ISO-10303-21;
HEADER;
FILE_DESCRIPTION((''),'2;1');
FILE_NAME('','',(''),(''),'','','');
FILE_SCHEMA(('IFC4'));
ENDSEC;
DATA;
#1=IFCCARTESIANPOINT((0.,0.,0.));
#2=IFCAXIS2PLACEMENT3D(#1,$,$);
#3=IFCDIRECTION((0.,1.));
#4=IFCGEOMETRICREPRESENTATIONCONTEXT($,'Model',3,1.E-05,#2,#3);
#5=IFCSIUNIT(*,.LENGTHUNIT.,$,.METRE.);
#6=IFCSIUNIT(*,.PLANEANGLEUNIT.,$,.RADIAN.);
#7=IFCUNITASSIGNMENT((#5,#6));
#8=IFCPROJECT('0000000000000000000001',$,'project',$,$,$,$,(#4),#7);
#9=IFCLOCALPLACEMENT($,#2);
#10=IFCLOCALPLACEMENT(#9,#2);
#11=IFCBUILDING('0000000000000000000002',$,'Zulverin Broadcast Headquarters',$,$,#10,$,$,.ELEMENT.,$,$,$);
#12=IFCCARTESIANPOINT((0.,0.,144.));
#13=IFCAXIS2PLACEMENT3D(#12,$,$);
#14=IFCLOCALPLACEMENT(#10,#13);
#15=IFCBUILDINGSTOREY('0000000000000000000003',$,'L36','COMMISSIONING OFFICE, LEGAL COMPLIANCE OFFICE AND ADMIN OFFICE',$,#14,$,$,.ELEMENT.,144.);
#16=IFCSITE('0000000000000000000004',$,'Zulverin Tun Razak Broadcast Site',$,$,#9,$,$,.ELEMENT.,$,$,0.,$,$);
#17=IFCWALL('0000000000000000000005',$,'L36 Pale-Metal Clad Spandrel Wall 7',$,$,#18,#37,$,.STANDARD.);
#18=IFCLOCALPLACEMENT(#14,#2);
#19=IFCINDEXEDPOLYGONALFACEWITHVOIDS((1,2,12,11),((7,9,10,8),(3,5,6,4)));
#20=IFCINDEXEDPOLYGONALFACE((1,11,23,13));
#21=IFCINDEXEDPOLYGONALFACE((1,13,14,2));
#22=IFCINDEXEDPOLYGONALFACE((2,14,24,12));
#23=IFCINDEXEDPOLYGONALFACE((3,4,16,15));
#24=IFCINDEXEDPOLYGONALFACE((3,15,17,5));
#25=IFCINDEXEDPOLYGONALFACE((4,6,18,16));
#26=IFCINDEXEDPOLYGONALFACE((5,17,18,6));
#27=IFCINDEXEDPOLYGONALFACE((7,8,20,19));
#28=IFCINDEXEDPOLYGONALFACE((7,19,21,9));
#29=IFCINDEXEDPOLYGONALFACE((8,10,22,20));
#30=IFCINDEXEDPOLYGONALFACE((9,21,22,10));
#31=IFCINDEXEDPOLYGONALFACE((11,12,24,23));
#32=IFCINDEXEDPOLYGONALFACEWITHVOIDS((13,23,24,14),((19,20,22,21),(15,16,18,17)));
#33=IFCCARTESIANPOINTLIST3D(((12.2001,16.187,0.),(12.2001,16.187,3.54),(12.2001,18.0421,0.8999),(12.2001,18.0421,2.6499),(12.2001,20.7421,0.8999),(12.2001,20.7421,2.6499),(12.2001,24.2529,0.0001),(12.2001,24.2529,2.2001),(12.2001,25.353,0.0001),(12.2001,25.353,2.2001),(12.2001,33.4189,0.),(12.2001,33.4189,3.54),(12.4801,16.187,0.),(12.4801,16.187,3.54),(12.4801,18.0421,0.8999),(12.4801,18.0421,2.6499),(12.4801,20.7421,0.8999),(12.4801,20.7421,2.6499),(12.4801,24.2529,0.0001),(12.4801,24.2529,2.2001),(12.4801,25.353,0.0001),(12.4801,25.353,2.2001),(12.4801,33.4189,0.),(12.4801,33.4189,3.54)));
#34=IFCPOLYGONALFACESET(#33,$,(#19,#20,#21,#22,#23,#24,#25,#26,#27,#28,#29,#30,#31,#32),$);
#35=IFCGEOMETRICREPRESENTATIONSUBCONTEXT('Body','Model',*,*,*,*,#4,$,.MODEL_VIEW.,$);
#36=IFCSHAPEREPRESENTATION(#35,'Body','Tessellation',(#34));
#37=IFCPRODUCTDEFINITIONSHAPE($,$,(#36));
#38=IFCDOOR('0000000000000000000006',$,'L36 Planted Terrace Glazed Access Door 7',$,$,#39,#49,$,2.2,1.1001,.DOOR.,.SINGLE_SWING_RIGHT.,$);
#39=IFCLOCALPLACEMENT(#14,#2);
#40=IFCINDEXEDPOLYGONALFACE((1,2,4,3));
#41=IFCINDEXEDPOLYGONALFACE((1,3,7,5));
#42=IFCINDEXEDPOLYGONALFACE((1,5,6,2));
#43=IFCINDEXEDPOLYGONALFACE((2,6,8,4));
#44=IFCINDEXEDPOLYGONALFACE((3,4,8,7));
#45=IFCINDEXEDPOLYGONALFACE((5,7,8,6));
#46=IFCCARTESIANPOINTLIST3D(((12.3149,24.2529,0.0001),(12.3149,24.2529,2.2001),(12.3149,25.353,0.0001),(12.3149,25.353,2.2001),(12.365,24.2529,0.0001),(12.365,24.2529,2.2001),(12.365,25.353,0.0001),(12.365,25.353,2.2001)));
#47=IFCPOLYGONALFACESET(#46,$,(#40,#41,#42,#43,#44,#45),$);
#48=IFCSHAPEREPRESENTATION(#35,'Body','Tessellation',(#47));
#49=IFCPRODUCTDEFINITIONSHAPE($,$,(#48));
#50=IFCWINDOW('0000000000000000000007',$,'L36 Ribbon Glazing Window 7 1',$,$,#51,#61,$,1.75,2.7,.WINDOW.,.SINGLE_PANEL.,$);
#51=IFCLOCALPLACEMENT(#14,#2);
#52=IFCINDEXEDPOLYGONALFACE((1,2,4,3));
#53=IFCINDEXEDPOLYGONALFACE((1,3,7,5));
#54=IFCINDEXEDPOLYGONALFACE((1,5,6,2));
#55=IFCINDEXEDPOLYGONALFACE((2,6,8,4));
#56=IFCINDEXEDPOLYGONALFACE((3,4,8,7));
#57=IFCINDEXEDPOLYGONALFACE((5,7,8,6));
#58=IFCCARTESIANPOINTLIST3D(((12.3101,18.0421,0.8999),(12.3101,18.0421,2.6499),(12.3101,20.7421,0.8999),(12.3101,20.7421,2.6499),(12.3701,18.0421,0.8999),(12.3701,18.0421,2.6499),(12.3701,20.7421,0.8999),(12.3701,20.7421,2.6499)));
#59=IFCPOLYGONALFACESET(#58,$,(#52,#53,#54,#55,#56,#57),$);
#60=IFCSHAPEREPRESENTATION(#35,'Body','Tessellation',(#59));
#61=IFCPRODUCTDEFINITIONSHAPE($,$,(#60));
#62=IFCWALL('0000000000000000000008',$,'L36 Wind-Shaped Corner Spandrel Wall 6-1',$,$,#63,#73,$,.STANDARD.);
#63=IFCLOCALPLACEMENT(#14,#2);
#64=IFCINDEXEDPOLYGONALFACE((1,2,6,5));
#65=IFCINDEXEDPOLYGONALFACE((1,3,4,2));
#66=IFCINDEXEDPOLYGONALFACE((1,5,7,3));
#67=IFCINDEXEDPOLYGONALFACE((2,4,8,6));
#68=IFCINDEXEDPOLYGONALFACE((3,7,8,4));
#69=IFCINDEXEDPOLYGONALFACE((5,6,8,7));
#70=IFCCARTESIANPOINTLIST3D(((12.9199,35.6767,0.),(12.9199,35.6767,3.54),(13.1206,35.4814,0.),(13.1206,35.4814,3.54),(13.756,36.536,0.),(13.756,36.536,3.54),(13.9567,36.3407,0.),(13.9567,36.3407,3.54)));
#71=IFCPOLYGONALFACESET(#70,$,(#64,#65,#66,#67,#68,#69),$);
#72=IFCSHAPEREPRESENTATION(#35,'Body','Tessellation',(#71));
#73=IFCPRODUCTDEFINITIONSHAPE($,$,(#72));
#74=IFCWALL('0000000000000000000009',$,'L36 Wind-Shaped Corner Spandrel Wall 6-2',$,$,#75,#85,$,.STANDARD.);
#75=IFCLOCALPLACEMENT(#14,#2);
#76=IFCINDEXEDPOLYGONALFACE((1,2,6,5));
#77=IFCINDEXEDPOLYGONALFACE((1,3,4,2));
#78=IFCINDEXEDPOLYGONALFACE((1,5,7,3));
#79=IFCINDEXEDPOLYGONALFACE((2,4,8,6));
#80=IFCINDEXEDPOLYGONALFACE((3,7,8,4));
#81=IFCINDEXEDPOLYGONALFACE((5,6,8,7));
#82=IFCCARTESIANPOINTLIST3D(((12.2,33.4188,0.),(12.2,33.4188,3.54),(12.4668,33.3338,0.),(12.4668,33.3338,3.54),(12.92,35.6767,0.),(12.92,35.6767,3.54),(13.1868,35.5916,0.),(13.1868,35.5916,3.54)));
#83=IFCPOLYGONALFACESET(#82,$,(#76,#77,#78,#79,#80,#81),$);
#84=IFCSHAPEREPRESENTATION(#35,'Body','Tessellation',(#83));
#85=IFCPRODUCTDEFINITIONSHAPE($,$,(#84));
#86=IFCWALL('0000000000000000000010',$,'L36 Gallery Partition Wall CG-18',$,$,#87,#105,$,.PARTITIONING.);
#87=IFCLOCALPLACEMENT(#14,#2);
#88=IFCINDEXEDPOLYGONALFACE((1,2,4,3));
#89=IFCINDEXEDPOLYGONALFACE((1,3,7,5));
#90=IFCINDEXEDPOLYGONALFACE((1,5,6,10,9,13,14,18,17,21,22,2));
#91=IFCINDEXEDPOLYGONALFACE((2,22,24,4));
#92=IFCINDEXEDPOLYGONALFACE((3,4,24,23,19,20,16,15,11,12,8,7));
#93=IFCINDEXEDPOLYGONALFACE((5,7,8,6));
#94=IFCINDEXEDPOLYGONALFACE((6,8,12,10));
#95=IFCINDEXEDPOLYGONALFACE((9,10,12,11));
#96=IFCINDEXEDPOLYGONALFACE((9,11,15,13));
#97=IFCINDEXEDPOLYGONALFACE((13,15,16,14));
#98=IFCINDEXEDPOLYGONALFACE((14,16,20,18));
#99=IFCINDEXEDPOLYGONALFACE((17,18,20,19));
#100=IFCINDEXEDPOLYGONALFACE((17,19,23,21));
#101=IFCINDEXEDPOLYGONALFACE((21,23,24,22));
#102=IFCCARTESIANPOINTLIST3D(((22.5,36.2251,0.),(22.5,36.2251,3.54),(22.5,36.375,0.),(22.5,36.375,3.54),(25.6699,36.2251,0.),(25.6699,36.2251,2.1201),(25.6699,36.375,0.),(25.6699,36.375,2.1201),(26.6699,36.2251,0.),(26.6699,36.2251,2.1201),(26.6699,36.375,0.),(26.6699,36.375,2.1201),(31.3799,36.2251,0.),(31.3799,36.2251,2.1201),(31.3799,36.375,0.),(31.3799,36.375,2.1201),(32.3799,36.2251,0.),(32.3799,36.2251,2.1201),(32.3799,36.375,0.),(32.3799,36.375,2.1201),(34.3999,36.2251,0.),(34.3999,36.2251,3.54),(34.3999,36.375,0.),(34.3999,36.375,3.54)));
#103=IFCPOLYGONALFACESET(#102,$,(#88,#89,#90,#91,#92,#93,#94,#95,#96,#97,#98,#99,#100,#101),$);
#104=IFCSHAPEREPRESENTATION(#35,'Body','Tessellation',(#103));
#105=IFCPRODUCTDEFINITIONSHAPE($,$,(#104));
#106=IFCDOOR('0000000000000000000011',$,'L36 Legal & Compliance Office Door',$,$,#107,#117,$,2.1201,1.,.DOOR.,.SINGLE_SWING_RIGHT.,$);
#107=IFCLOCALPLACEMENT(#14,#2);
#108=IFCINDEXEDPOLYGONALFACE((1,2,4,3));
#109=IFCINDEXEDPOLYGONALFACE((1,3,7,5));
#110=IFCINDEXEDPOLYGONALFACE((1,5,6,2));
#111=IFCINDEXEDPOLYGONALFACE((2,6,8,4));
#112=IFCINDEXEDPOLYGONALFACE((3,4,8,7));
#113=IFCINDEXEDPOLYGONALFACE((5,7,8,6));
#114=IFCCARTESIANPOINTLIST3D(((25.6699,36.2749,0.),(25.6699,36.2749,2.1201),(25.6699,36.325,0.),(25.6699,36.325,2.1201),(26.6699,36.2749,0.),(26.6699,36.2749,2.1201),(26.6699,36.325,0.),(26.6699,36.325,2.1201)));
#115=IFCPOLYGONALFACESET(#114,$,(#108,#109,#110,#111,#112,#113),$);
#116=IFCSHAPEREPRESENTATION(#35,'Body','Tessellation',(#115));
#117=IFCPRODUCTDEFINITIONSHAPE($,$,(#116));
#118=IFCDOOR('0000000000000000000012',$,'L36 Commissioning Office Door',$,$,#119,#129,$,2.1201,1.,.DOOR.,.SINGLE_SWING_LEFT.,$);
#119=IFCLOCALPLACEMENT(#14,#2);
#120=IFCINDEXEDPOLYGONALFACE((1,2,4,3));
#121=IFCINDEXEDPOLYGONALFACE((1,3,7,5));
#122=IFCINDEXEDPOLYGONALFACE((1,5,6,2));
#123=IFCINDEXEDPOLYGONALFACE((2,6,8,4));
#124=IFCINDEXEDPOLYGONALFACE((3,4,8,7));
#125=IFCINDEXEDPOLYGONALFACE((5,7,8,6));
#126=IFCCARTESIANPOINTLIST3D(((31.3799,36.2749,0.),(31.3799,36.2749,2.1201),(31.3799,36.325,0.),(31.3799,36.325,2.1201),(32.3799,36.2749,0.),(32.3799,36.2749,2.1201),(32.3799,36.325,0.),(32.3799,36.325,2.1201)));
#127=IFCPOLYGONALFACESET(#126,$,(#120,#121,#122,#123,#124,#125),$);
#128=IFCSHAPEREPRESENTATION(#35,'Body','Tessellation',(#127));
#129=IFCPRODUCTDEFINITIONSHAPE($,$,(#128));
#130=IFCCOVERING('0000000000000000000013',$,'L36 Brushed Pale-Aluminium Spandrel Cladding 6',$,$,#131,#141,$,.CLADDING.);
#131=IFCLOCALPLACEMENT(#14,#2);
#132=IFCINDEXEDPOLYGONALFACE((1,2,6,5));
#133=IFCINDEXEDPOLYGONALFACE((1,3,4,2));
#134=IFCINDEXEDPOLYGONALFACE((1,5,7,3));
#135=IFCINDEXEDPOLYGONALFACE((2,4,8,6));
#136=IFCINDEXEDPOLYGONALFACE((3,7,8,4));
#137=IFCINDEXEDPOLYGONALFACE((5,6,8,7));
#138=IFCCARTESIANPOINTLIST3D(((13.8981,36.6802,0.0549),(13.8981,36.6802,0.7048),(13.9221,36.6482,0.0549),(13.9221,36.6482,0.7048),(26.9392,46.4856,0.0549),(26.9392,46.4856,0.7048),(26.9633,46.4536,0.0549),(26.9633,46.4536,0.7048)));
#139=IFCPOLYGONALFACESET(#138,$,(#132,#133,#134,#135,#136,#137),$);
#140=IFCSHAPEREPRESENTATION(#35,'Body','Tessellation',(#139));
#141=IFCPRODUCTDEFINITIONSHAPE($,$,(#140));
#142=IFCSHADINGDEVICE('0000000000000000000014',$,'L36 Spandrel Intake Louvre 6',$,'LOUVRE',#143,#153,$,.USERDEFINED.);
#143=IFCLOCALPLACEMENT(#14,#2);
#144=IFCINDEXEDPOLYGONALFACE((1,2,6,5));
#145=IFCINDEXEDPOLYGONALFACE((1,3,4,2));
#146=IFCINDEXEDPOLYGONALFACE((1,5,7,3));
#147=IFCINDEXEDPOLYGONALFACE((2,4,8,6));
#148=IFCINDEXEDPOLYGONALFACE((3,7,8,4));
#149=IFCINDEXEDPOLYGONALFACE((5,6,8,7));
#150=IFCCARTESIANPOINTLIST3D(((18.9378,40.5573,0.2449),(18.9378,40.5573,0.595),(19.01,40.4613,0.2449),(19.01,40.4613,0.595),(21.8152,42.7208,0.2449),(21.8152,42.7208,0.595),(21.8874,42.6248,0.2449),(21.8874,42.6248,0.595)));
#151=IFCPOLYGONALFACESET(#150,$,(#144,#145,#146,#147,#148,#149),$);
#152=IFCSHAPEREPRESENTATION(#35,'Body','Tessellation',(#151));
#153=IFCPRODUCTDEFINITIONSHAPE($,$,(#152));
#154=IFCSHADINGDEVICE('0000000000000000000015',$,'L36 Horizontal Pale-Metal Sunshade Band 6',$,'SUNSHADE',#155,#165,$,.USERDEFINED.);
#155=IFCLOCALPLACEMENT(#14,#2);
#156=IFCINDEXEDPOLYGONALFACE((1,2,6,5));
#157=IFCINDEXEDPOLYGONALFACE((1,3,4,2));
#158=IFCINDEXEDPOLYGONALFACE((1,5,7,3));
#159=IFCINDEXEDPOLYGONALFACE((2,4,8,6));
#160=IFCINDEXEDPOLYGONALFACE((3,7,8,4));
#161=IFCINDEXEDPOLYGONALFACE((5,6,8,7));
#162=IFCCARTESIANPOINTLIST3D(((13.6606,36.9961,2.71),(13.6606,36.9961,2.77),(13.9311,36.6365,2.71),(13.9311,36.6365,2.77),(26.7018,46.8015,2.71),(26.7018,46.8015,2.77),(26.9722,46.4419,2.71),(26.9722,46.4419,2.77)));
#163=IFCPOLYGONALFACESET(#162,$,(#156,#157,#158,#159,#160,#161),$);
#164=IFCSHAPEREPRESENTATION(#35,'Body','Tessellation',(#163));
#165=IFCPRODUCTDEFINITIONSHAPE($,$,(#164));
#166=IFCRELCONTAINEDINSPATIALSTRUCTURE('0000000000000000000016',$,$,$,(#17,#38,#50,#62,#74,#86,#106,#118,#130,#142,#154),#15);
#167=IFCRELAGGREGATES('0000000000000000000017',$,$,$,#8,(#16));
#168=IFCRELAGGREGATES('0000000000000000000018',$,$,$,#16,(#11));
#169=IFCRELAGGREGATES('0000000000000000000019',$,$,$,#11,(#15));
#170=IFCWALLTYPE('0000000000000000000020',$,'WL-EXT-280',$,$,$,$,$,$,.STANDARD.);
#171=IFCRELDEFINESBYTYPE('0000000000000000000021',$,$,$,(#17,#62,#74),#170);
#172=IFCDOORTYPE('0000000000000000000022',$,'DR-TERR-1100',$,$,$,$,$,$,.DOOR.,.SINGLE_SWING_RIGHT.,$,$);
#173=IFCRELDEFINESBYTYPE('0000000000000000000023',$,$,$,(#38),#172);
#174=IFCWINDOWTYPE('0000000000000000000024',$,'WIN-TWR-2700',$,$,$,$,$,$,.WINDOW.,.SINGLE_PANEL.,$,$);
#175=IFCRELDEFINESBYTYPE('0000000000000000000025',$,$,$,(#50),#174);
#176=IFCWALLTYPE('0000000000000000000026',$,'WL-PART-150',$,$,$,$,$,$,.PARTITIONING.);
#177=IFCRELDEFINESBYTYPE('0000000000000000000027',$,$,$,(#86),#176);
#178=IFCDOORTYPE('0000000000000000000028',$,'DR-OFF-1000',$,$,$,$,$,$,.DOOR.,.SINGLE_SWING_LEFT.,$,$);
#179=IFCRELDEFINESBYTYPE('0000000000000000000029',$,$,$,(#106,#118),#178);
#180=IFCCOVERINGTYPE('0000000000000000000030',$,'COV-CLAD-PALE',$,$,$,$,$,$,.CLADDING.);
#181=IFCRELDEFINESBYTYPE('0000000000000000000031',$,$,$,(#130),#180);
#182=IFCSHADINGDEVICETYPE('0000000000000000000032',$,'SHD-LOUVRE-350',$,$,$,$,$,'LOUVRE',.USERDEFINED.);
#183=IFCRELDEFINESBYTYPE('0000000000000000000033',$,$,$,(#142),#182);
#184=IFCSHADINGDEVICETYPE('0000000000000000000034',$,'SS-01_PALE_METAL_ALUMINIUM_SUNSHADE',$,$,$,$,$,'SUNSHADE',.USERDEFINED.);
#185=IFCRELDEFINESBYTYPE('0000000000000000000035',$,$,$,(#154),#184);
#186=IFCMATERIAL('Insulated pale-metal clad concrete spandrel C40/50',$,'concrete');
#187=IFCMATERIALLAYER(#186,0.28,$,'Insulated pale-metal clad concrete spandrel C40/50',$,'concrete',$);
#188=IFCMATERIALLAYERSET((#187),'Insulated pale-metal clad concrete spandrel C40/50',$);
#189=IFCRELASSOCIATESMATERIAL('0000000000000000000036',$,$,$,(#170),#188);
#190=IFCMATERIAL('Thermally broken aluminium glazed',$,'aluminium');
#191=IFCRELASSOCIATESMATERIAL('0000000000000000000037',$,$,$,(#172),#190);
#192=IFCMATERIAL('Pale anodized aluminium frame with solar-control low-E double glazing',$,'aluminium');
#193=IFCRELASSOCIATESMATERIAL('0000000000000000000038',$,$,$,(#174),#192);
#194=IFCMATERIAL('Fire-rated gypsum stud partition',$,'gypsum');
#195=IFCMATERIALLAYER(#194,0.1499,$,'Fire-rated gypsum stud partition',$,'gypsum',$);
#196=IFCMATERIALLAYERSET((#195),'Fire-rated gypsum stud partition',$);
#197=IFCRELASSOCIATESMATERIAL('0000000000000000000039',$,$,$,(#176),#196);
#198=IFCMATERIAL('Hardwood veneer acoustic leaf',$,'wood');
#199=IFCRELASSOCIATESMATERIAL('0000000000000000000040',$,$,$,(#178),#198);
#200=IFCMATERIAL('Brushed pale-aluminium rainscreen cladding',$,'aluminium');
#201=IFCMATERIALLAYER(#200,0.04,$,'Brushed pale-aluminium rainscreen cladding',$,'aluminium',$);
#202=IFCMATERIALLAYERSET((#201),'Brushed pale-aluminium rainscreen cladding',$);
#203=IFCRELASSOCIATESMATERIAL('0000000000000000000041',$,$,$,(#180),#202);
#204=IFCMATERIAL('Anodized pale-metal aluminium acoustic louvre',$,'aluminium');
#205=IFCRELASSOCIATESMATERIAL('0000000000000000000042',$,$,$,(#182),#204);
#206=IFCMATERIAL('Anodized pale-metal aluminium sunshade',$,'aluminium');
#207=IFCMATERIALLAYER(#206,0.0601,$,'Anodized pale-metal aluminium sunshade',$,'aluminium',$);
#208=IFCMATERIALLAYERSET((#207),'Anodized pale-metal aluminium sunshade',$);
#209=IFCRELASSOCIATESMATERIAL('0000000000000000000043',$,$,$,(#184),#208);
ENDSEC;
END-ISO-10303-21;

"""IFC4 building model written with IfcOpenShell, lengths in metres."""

from ifc_helpers import new_model, si_unit, direction, frame, frame_2d, origin, origin_2d, place, context, subcontext, project, spatial, rectangle, extrude, material, layer, layer_set, type_object, element, fill, save


model = new_model("IFC4")

# Units and contexts
model_context = context("Model", 3, precision=1e-05, world=origin(), true_north=direction((0.0, 1.0)))
body_context = subcontext(model_context, "Body", "Model", "MODEL_VIEW")
ifc_project = project(units=[si_unit("LENGTHUNIT", "METRE"), si_unit("PLANEANGLEUNIT", "RADIAN")], contexts=[model_context])

# Site, building, storey
site_placement = place(None, origin())
site = spatial("IfcSite", under=ifc_project, at=site_placement, Name="Zulverin Tun Razak Broadcast Site", CompositionType="ELEMENT", RefElevation=0.0)
building_placement = place(site_placement, origin())
building = spatial("IfcBuilding", under=site, at=building_placement, Name="Zulverin Broadcast Headquarters", CompositionType="ELEMENT")
storey_placement = place(building_placement, frame((0.0, 0.0, 144.0)))
storey = spatial("IfcBuildingStorey", under=building, at=storey_placement, Name="L36", Description="COMMISSIONING OFFICE, LEGAL COMPLIANCE OFFICE AND ADMIN OFFICE", CompositionType="ELEMENT", Elevation=144.0)

# Wall, openings, door, window
ifc_material_1 = material(Name="Insulated pale-metal clad concrete spandrel C40/50", Category="concrete")
ifc_layer_1 = layer(ifc_material_1, 0.28, Name="Insulated pale-metal clad concrete spandrel C40/50", Category="concrete")
ifc_layer_set_1 = layer_set([ifc_layer_1], Name="Insulated pale-metal clad concrete spandrel C40/50")
wall_type_1 = type_object("IfcWallType", Name="WL-EXT-280", PredefinedType="STANDARD", material=ifc_layer_set_1)
wall_1_placement = place(storey_placement, frame((12.3401, 33.4189, 0.0), z_axis=(0.0, 0.0, 1.0), x_axis=(0.0, -1.0, 0.0)))
wall_1 = element("IfcWall", 1, at=wall_1_placement, inside=storey, type_object=wall_type_1, Name="L36 Pale-Metal Clad Spandrel Wall 7", PredefinedType="STANDARD", context=body_context, shape_type="SweptSolid", body=[
    extrude(rectangle(XDim=17.2319, YDim=0.28, at=frame_2d((8.616, 0.0))), origin(), (0.0, 0.0, 1.0), 3.54),
])
opening_1_placement = place(wall_1_placement, frame((8.0659, 0.0, 0.0)))
opening_1 = element("IfcOpeningElement", 2, at=opening_1_placement, cuts=wall_1, PredefinedType="OPENING", context=body_context, shape_type="SweptSolid", body=[
    extrude(rectangle(XDim=1.1001, YDim=2.2, at=frame_2d((0.55, 1.1001))), frame((0.0, 0.1499, 0.0), z_axis=(0.0, -1.0, 0.0), x_axis=(1.0, 0.0, 0.0)), (0.0, 0.0, 1.0), 0.3),
])
opening_2_placement = place(wall_1_placement, frame((12.6768, 0.0, 0.8999)))
opening_2 = element("IfcOpeningElement", 3, at=opening_2_placement, cuts=wall_1, PredefinedType="OPENING", context=body_context, shape_type="SweptSolid", body=[
    extrude(rectangle(XDim=2.7, YDim=1.75, at=frame_2d((1.3501, 0.875))), frame((0.0, 0.1499, 0.0), z_axis=(0.0, -1.0, 0.0), x_axis=(1.0, 0.0, 0.0)), (0.0, 0.0, 1.0), 0.3),
])
ifc_material_2 = material(Name="Thermally broken aluminium glazed", Category="aluminium")
door_type_1 = type_object("IfcDoorType", Name="DR-TERR-1100", OperationType="SINGLE_SWING_RIGHT", PredefinedType="DOOR", material=ifc_material_2)
door_1_placement = place(opening_1_placement, origin())
door_1 = element("IfcDoor", 4, at=door_1_placement, inside=storey, type_object=door_type_1, Name="L36 Planted Terrace Glazed Access Door 7", OperationType="SINGLE_SWING_RIGHT", OverallHeight=2.2, OverallWidth=1.1001, PredefinedType="DOOR", context=body_context, shape_type="SweptSolid", body=[
    extrude(rectangle(XDim=1.1001, YDim=2.2, at=frame_2d((0.55, 1.1001))), frame((0.0, 0.0249, 0.0), z_axis=(0.0, -1.0, 0.0), x_axis=(1.0, 0.0, 0.0)), (0.0, 0.0, 1.0), 0.05),
])
fill(opening_1, door_1)
ifc_material_3 = material(Name="Pale anodized aluminium frame with solar-control low-E double glazing", Category="aluminium")
window_type = type_object("IfcWindowType", Name="WIN-TWR-2700", PartitioningType="SINGLE_PANEL", PredefinedType="WINDOW", material=ifc_material_3)
window_placement = place(opening_2_placement, origin())
window = element("IfcWindow", 5, at=window_placement, inside=storey, type_object=window_type, Name="L36 Ribbon Glazing Window 7 1", OverallHeight=1.75, OverallWidth=2.7, PartitioningType="SINGLE_PANEL", PredefinedType="WINDOW", context=body_context, shape_type="SweptSolid", body=[
    extrude(rectangle(XDim=2.7, YDim=1.75, at=frame_2d((1.3501, 0.875))), frame((0.0, 0.03, 0.0), z_axis=(0.0, -1.0, 0.0), x_axis=(1.0, 0.0, 0.0)), (0.0, 0.0, 1.0), 0.0601),
])
fill(opening_2, window)

# Walls
wall_2_placement = place(storey_placement, frame((13.8564, 36.4385, 0.0), z_axis=(0.0, 0.0, 1.0), x_axis=(-0.697369, -0.716712, 0.0)))
element("IfcWall", 6, at=wall_2_placement, inside=storey, type_object=wall_type_1, Name="L36 Wind-Shaped Corner Spandrel Wall 6-1", PredefinedType="STANDARD", context=body_context, shape_type="SweptSolid", body=[
    extrude(rectangle(XDim=1.199, YDim=0.28, at=frame_2d((0.5996, 0.0))), origin(), (0.0, 0.0, 1.0), 3.54),
])
wall_3_placement = place(storey_placement, frame((13.0535, 35.6343, 0.0), z_axis=(0.0, 0.0, 1.0), x_axis=(-0.303807, -0.952733, 0.0)))
element("IfcWall", 7, at=wall_3_placement, inside=storey, type_object=wall_type_1, Name="L36 Wind-Shaped Corner Spandrel Wall 6-2", PredefinedType="STANDARD", context=body_context, shape_type="SweptSolid", body=[
    extrude(rectangle(XDim=2.3699, YDim=0.28, at=frame_2d((1.1851, 0.0))), origin(), (0.0, 0.0, 1.0), 3.54),
])

# Wall, openings, doors
ifc_material_4 = material(Name="Fire-rated gypsum stud partition", Category="gypsum")
ifc_layer_2 = layer(ifc_material_4, 0.1499, Name="Fire-rated gypsum stud partition", Category="gypsum")
ifc_layer_set_2 = layer_set([ifc_layer_2], Name="Fire-rated gypsum stud partition")
wall_type_2 = type_object("IfcWallType", Name="WL-PART-150", PredefinedType="PARTITIONING", material=ifc_layer_set_2)
wall_4_placement = place(storey_placement, frame((22.5, 36.3, 0.0), z_axis=(0.0, 0.0, 1.0), x_axis=(1.0, 0.0, 0.0)))
wall_4 = element("IfcWall", 8, at=wall_4_placement, inside=storey, type_object=wall_type_2, Name="L36 Gallery Partition Wall CG-18", PredefinedType="PARTITIONING", context=body_context, shape_type="SweptSolid", body=[
    extrude(rectangle(XDim=11.8999, YDim=0.1499, at=frame_2d((5.95, 0.0))), origin(), (0.0, 0.0, 1.0), 3.54),
])
opening_3_placement = place(wall_4_placement, frame((3.1699, 0.0, 0.0)))
opening_3 = element("IfcOpeningElement", 9, at=opening_3_placement, cuts=wall_4, PredefinedType="OPENING", context=body_context, shape_type="SweptSolid", body=[
    extrude(rectangle(XDim=1.0, YDim=2.1201, at=frame_2d((0.5, 1.0601))), frame((0.0, 0.085, 0.0), z_axis=(0.0, -1.0, 0.0), x_axis=(1.0, 0.0, 0.0)), (0.0, 0.0, 1.0), 0.1699),
])
opening_4_placement = place(wall_4_placement, frame((8.8799, 0.0, 0.0)))
opening_4 = element("IfcOpeningElement", 10, at=opening_4_placement, cuts=wall_4, PredefinedType="OPENING", context=body_context, shape_type="SweptSolid", body=[
    extrude(rectangle(XDim=1.0, YDim=2.1201, at=frame_2d((0.5, 1.0601))), frame((0.0, 0.085, 0.0), z_axis=(0.0, -1.0, 0.0), x_axis=(1.0, 0.0, 0.0)), (0.0, 0.0, 1.0), 0.1699),
])
ifc_material_5 = material(Name="Hardwood veneer acoustic leaf", Category="wood")
door_type_2 = type_object("IfcDoorType", Name="DR-OFF-1000", OperationType="SINGLE_SWING_LEFT", PredefinedType="DOOR", material=ifc_material_5)
door_2_placement = place(opening_3_placement, origin())
door_2 = element("IfcDoor", 11, at=door_2_placement, inside=storey, type_object=door_type_2, Name="L36 Legal & Compliance Office Door", OperationType="SINGLE_SWING_RIGHT", OverallHeight=2.1201, OverallWidth=1.0, PredefinedType="DOOR", context=body_context, shape_type="SweptSolid", body=[
    extrude(rectangle(XDim=1.0, YDim=2.1201, at=frame_2d((0.5, 1.0601))), frame((0.0, 0.0249, 0.0), z_axis=(0.0, -1.0, 0.0), x_axis=(1.0, 0.0, 0.0)), (0.0, 0.0, 1.0), 0.05),
])
fill(opening_3, door_2)
door_3_placement = place(opening_4_placement, origin())
door_3 = element("IfcDoor", 12, at=door_3_placement, inside=storey, type_object=door_type_2, Name="L36 Commissioning Office Door", OperationType="SINGLE_SWING_LEFT", OverallHeight=2.1201, OverallWidth=1.0, PredefinedType="DOOR", context=body_context, shape_type="SweptSolid", body=[
    extrude(rectangle(XDim=1.0, YDim=2.1201, at=frame_2d((0.5, 1.0601))), frame((0.0, 0.0249, 0.0), z_axis=(0.0, -1.0, 0.0), x_axis=(1.0, 0.0, 0.0)), (0.0, 0.0, 1.0), 0.05),
])
fill(opening_4, door_3)

# Covering
ifc_material_6 = material(Name="Brushed pale-aluminium rainscreen cladding", Category="aluminium")
ifc_layer_3 = layer(ifc_material_6, 0.04, Name="Brushed pale-aluminium rainscreen cladding", Category="aluminium")
ifc_layer_set_3 = layer_set([ifc_layer_3], Name="Brushed pale-aluminium rainscreen cladding")
covering_type = type_object("IfcCoveringType", Name="COV-CLAD-PALE", PredefinedType="CLADDING", material=ifc_layer_set_3)
covering_placement = place(storey_placement, frame((20.4307, 41.5669, 0.0549), z_axis=(0.0, 0.0, 1.0), x_axis=(-0.799276, -0.600964, 0.0)))
element("IfcCovering", 13, at=covering_placement, inside=storey, type_object=covering_type, Name="L36 Brushed Pale-Aluminium Spandrel Cladding 6", PredefinedType="CLADDING", context=body_context, shape_type="SweptSolid", body=[
    extrude(rectangle(XDim=16.3162, YDim=0.04, at=origin_2d()), origin(), (0.0, 0.0, 1.0), 0.6499),
])

# Shading devices
ifc_material_7 = material(Name="Anodized pale-metal aluminium acoustic louvre", Category="aluminium")
shading_device_type_1 = type_object("IfcShadingDeviceType", Name="SHD-LOUVRE-350", ElementType="LOUVRE", PredefinedType="USERDEFINED", material=ifc_material_7)
shading_device_1_placement = place(storey_placement, frame((20.4126, 41.5911, 0.2449), z_axis=(0.0, 0.0, 1.0), x_axis=(-0.799276, -0.600964, 0.0)))
element("IfcShadingDevice", 14, at=shading_device_1_placement, inside=storey, type_object=shading_device_type_1, Name="L36 Spandrel Intake Louvre 6", ObjectType="LOUVRE", PredefinedType="USERDEFINED", context=body_context, shape_type="SweptSolid", body=[
    extrude(rectangle(XDim=3.6001, YDim=0.1201, at=origin_2d()), origin(), (0.0, 0.0, 1.0), 0.3501),
])
ifc_material_8 = material(Name="Anodized pale-metal aluminium sunshade", Category="aluminium")
ifc_layer_4 = layer(ifc_material_8, 0.0601, Name="Anodized pale-metal aluminium sunshade", Category="aluminium")
ifc_layer_set_4 = layer_set([ifc_layer_4], Name="Anodized pale-metal aluminium sunshade")
shading_device_type_2 = type_object("IfcShadingDeviceType", Name="SS-01_PALE_METAL_ALUMINIUM_SUNSHADE", ElementType="SUNSHADE", PredefinedType="USERDEFINED", material=ifc_layer_set_4)
shading_device_2_placement = place(storey_placement, frame((20.3164, 41.719, 2.71), z_axis=(0.0, 0.0, 1.0), x_axis=(-0.799276, -0.600964, 0.0)))
element("IfcShadingDevice", 15, at=shading_device_2_placement, inside=storey, type_object=shading_device_type_2, Name="L36 Horizontal Pale-Metal Sunshade Band 6", ObjectType="SUNSHADE", PredefinedType="USERDEFINED", context=body_context, shape_type="SweptSolid", body=[
    extrude(rectangle(XDim=16.3162, YDim=0.45, at=origin_2d()), origin(), (0.0, 0.0, 1.0), 0.0601),
])

save(model, "model.ifc")
